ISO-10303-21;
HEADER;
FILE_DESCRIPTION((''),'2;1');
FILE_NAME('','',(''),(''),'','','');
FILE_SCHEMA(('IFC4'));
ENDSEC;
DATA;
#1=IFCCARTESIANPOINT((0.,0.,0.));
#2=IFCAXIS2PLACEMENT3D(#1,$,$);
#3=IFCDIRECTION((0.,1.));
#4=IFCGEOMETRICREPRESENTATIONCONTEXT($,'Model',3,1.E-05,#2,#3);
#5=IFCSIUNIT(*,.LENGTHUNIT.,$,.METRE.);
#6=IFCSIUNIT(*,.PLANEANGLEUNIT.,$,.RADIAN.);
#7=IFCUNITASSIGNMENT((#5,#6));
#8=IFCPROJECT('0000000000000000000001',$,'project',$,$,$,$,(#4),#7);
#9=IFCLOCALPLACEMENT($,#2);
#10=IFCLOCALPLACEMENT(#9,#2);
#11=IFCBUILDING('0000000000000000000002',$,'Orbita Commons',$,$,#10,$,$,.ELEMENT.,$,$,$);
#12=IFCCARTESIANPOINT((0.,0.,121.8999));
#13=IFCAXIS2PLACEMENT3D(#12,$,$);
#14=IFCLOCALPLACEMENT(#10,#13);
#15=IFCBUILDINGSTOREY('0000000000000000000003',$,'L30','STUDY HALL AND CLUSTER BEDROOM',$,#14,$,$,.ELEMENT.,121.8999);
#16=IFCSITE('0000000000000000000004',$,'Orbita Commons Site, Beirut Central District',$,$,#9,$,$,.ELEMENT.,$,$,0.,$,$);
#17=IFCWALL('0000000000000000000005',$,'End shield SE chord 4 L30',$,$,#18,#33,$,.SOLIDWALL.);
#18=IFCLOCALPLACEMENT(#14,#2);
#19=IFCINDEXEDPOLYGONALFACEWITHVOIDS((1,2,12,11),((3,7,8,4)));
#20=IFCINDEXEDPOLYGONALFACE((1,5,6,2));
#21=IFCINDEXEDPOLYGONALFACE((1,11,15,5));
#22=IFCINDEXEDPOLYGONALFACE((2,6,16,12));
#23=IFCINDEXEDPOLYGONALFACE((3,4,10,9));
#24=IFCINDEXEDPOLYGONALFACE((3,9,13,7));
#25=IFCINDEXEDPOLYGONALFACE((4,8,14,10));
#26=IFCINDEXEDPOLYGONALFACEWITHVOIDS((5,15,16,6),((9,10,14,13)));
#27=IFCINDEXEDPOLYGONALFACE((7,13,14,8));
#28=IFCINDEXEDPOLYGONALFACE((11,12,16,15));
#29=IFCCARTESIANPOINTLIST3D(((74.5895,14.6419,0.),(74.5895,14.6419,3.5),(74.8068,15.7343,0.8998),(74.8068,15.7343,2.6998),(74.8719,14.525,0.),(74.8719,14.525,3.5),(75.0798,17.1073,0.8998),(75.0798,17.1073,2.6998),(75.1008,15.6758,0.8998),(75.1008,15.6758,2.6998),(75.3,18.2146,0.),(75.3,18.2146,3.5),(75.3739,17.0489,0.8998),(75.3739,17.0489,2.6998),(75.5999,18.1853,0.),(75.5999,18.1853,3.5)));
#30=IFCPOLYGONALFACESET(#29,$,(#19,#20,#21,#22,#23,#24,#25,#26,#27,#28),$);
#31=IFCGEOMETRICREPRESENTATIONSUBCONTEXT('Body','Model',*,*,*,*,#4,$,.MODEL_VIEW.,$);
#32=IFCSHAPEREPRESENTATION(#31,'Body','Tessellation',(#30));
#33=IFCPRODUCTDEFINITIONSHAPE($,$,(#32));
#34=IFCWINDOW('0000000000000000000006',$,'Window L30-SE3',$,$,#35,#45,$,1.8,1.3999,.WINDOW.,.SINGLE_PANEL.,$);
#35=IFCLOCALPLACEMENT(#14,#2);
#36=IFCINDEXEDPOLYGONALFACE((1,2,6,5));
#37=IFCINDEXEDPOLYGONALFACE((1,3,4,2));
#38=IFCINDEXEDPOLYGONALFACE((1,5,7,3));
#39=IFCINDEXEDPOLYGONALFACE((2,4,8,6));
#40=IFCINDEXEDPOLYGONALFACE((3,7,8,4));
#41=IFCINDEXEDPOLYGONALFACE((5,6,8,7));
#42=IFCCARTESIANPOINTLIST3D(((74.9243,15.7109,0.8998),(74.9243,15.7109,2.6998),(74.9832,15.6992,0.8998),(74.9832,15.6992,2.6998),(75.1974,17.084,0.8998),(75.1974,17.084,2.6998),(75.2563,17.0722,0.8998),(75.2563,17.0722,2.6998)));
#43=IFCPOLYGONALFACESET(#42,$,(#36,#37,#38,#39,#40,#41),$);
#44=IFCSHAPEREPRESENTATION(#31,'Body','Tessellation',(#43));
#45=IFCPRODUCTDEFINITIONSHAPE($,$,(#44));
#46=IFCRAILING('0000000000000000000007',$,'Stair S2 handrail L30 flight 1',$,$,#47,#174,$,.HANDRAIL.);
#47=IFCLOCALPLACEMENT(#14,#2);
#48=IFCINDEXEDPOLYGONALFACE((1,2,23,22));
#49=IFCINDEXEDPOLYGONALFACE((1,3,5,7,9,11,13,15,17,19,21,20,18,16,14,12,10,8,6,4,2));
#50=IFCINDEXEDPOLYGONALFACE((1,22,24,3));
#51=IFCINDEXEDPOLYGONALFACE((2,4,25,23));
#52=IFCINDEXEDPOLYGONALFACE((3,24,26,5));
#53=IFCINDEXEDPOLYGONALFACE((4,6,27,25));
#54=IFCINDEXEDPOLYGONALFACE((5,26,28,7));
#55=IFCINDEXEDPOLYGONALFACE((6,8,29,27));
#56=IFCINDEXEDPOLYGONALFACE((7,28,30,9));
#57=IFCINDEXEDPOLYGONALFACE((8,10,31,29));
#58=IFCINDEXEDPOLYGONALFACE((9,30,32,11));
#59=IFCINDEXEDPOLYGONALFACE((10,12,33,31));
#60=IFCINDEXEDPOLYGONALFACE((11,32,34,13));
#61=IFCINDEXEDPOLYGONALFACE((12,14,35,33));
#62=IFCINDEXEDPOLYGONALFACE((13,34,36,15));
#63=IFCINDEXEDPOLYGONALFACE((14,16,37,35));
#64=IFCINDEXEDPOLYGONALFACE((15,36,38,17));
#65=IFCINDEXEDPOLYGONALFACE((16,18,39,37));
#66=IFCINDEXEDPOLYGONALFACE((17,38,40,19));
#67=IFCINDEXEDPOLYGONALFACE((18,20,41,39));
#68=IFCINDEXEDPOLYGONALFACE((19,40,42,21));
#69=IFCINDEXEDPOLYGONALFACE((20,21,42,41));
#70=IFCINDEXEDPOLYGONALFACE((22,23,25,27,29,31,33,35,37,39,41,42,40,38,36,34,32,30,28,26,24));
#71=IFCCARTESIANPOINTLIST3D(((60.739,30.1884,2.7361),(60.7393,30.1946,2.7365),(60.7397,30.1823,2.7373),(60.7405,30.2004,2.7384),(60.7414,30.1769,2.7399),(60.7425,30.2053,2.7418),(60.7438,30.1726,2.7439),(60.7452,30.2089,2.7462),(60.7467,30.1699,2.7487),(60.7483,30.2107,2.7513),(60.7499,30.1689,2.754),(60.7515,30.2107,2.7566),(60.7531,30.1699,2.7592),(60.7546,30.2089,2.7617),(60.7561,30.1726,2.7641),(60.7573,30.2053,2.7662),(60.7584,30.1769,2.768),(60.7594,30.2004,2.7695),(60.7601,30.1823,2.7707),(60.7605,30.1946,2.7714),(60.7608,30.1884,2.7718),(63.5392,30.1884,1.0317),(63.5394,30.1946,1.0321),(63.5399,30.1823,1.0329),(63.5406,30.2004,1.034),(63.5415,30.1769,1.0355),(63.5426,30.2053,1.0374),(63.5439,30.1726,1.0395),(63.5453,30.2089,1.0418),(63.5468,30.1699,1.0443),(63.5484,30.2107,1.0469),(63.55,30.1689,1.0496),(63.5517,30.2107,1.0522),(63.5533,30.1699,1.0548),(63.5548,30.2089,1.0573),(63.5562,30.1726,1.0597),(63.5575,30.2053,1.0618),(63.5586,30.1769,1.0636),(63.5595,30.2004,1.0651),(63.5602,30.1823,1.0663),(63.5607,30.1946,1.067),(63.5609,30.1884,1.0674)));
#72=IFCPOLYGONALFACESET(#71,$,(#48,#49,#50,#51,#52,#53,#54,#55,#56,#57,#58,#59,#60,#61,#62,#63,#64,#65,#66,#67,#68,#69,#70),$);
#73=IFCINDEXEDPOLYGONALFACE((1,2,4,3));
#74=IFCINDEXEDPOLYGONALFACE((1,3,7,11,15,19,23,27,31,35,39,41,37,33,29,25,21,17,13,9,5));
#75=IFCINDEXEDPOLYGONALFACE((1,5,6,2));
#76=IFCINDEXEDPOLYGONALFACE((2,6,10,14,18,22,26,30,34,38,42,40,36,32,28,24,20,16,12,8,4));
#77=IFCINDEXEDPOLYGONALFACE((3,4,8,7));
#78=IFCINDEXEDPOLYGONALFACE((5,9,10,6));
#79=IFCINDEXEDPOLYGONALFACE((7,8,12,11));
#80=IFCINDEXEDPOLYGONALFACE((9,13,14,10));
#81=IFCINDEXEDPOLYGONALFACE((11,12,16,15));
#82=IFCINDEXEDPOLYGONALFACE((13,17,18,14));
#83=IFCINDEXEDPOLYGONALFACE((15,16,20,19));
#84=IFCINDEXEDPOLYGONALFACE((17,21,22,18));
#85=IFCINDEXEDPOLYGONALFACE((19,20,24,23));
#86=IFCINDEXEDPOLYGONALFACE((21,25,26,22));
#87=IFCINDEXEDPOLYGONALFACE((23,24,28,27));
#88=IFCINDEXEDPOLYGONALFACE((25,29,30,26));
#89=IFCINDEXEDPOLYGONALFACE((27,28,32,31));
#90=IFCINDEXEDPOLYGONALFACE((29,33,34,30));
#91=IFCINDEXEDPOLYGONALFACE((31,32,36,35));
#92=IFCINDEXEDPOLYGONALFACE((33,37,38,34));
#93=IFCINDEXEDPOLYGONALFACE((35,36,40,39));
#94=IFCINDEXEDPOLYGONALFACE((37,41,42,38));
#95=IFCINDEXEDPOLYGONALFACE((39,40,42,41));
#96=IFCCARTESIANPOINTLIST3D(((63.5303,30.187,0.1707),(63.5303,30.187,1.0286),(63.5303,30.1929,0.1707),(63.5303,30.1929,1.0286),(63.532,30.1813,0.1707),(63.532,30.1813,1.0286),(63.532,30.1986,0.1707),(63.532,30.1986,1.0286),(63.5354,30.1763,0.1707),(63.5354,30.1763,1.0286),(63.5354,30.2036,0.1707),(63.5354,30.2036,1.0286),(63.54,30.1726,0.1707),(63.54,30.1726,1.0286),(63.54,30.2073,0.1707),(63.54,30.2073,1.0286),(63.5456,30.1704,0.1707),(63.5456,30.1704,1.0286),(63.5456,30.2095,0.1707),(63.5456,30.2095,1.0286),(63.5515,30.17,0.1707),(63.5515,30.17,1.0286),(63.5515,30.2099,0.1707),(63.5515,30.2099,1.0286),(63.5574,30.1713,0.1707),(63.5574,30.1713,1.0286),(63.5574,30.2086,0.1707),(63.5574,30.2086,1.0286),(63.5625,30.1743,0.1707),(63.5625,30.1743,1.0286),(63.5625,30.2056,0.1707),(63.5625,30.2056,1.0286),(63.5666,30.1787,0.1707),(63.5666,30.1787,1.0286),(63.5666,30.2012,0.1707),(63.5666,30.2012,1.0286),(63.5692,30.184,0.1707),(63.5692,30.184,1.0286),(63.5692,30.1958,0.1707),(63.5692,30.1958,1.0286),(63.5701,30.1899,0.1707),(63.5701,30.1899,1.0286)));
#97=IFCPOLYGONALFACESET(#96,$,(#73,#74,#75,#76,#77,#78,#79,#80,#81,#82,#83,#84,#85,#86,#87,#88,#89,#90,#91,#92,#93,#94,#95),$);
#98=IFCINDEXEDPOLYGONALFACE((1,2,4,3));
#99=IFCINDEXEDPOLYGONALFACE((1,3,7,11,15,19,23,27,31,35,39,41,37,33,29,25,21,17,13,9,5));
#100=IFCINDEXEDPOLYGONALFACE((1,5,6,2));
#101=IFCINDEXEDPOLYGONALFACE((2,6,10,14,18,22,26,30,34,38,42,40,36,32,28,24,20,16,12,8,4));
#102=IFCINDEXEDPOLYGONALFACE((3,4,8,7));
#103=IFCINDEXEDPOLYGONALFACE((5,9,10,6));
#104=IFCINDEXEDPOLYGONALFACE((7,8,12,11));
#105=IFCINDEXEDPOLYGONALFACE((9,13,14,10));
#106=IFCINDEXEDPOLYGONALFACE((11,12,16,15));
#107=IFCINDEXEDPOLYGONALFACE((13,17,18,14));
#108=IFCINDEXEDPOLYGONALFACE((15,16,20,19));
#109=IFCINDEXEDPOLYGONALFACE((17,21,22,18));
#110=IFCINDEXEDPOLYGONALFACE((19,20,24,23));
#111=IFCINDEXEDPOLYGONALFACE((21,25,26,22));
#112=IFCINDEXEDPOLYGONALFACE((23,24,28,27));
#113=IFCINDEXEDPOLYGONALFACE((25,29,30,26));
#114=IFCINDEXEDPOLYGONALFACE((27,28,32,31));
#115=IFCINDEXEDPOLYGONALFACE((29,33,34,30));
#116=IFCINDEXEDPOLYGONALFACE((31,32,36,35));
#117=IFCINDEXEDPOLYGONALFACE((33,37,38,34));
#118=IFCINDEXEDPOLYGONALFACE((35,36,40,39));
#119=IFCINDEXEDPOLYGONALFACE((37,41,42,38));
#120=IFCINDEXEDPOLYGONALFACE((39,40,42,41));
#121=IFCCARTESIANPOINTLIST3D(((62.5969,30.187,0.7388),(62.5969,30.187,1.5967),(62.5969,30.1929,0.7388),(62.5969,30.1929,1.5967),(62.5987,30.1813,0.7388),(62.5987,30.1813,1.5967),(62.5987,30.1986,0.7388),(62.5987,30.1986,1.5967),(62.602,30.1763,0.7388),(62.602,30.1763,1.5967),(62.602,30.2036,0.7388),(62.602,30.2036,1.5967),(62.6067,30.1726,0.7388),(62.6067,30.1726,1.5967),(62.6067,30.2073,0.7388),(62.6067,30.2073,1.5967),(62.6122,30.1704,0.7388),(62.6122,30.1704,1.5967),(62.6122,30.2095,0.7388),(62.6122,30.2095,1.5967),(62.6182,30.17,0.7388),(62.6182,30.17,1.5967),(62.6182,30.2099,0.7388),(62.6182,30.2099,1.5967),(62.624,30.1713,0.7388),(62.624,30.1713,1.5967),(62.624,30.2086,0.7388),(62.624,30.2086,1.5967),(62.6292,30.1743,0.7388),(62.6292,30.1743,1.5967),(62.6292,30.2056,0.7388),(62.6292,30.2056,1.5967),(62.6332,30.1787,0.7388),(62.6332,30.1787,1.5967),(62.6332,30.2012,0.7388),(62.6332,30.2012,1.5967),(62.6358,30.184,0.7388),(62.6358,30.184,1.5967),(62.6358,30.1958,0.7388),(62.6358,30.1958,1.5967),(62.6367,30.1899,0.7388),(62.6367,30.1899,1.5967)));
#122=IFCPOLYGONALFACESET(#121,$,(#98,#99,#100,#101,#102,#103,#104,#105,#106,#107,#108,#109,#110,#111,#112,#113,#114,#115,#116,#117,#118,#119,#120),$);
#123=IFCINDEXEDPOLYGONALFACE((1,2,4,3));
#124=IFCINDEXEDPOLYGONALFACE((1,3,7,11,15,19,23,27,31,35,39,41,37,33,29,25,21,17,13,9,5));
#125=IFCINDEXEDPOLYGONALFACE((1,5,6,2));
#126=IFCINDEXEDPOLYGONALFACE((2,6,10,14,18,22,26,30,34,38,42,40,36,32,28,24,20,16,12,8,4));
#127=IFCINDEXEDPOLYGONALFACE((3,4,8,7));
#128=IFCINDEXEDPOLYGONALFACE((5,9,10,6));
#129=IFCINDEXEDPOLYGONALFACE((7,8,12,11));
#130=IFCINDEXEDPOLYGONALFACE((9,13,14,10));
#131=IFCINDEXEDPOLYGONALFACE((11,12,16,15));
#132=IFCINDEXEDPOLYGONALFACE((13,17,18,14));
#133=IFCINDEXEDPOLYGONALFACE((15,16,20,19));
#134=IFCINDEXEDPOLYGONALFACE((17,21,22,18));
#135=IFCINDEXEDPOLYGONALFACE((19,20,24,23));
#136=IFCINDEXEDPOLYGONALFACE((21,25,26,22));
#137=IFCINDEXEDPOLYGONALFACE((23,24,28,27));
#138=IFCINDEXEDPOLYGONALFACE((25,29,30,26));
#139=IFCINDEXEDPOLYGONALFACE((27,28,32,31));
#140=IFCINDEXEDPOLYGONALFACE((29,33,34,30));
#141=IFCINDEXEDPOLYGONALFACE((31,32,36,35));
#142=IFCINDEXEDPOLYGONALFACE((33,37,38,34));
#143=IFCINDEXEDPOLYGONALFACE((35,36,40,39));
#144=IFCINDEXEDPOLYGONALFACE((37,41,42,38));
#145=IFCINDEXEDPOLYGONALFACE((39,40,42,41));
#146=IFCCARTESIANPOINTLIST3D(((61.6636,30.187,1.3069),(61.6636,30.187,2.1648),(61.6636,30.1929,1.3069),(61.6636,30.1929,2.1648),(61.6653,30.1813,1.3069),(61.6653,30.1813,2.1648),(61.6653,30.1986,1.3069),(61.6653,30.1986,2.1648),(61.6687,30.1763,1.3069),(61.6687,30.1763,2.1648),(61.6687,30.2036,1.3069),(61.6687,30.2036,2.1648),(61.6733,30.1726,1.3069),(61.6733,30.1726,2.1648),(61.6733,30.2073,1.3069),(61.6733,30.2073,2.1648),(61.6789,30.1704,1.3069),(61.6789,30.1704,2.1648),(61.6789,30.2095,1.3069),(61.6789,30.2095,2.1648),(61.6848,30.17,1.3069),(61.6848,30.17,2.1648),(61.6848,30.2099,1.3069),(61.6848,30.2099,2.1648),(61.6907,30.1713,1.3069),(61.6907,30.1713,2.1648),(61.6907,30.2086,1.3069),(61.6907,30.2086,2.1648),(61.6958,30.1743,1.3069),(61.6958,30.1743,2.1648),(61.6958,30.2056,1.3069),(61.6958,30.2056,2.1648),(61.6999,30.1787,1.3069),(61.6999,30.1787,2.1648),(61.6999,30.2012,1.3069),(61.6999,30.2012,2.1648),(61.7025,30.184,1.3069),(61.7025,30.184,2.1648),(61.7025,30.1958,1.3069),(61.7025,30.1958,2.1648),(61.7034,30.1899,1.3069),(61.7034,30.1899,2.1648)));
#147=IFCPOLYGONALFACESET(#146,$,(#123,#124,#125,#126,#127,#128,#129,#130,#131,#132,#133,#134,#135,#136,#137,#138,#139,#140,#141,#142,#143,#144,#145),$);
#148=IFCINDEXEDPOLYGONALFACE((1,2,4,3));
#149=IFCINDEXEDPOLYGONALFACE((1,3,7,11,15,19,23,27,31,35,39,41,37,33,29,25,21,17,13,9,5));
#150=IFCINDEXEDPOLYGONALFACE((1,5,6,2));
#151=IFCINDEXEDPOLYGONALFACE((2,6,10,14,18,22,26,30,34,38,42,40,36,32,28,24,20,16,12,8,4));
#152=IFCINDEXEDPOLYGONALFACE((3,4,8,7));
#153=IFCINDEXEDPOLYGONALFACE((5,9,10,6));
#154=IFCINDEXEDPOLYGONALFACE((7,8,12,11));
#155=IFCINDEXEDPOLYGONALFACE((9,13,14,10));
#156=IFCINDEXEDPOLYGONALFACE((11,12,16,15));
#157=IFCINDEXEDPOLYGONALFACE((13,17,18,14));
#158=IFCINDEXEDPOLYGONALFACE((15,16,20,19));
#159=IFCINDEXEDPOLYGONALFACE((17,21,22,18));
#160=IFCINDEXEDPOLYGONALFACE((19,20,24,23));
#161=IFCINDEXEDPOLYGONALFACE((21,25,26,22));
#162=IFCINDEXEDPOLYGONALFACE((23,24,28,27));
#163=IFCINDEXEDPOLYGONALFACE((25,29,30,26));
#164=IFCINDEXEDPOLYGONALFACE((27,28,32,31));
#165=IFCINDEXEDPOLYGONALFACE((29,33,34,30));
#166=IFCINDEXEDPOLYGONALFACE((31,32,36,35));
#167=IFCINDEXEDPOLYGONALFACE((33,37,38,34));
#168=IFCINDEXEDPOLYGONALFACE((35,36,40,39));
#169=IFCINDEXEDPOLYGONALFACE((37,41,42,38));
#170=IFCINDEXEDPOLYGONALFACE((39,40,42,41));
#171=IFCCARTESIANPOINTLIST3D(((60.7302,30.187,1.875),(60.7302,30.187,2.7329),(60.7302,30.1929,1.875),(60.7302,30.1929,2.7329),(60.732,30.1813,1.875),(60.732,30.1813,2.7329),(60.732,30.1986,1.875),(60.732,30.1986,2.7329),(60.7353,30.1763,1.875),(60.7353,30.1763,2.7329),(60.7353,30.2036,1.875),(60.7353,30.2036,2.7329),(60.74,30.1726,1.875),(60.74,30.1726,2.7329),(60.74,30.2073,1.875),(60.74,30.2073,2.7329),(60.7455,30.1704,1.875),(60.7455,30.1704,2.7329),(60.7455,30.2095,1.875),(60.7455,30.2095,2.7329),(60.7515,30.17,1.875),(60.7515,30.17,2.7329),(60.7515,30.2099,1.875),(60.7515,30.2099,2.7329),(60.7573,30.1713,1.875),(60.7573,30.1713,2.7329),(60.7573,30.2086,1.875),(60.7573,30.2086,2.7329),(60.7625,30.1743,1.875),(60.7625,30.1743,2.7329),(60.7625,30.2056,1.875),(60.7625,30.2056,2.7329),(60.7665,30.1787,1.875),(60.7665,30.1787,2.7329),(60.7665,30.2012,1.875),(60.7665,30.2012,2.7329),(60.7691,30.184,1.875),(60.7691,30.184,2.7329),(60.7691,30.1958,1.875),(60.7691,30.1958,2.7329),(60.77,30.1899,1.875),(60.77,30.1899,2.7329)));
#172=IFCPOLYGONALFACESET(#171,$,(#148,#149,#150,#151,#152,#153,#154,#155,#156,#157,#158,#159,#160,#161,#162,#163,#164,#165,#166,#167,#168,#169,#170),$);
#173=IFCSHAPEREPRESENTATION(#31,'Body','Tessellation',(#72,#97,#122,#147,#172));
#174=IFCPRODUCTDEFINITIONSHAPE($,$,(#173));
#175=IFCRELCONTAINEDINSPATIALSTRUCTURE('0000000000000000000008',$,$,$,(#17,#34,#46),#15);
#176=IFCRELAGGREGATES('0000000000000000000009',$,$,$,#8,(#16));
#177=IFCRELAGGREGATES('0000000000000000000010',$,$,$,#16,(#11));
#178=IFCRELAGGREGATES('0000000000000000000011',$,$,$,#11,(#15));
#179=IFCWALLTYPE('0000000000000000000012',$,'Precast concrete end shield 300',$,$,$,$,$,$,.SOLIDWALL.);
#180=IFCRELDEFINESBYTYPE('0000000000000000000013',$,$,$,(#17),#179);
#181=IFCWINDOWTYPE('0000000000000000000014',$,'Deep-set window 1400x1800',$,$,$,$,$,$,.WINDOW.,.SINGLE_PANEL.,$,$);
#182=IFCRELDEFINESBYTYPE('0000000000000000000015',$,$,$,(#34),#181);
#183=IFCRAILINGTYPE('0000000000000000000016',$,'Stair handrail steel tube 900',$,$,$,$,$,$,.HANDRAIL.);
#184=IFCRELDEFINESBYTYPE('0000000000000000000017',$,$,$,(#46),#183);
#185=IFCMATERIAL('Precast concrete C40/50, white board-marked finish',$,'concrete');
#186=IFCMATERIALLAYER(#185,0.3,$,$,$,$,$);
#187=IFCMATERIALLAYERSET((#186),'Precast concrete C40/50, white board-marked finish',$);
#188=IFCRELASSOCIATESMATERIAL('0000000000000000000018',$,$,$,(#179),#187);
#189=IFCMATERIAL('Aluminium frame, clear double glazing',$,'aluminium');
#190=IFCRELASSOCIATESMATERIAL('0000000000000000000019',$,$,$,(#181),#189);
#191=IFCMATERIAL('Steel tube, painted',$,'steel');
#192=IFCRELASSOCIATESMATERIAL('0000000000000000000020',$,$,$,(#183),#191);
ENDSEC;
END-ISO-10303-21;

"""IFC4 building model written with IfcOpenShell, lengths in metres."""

from ifc_helpers import new_model, si_unit, direction, frame, frame_2d, origin, origin_2d, place, context, subcontext, project, spatial, polyline, rectangle, circle, outline, extrude, material, layer, layer_set, type_object, element, fill, save


model = new_model("IFC4")

# Units and contexts
model_context = context("Model", 3, precision=1e-05, world=origin(), true_north=direction((0.0, 1.0)))
body_context = subcontext(model_context, "Body", "Model", "MODEL_VIEW")
ifc_project = project(units=[si_unit("LENGTHUNIT", "METRE"), si_unit("PLANEANGLEUNIT", "RADIAN")], contexts=[model_context])

# Site, building, storey
site_placement = place(None, origin())
site = spatial("IfcSite", under=ifc_project, at=site_placement, Name="Orbita Commons Site, Beirut Central District", CompositionType="ELEMENT", RefElevation=0.0)
building_placement = place(site_placement, origin())
building = spatial("IfcBuilding", under=site, at=building_placement, Name="Orbita Commons", CompositionType="ELEMENT")
storey_placement = place(building_placement, frame((0.0, 0.0, 121.8999)))
storey = spatial("IfcBuildingStorey", under=building, at=storey_placement, Name="L30", Description="STUDY HALL AND CLUSTER BEDROOM", CompositionType="ELEMENT", Elevation=121.8999)

# Shared definitions
ifc_material_1 = material(Name="Precast concrete C40/50, white board-marked finish", Category="concrete")
ifc_layer_1 = layer(ifc_material_1, 0.3)
ifc_layer_set_1 = layer_set([ifc_layer_1], Name="Precast concrete C40/50, white board-marked finish")
wall_type_1 = type_object("IfcWallType", Name="Precast concrete end shield 300", PredefinedType="SOLIDWALL", material=ifc_layer_set_1)

# Wall, opening, window
ifc_material_2 = material(Name="Aluminium frame, clear double glazing", Category="aluminium")
window_type_1 = type_object("IfcWindowType", Name="Deep-set window 1400x1800", PartitioningType="SINGLE_PANEL", PredefinedType="WINDOW", material=ifc_material_2)
wall_1_placement = place(storey_placement, frame((74.7307, 14.5835, 0.0), z_axis=(0.0, 0.0, 1.0), x_axis=(0.195059, 0.980791, 0.0)))
wall_1 = element("IfcWall", 1, at=wall_1_placement, inside=storey, type_object=wall_type_1, Name="End shield SE chord 4 L30", PredefinedType="SOLIDWALL", context=body_context, shape_type="SweptSolid", body=[
    extrude(outline(polyline([(-0.0298, -0.1499), (3.7021, -0.1499), (3.6724, 0.1499), (0.0298, 0.1499), (-0.0298, -0.1499)])), origin(), (0.0, 0.0, 1.0), 3.5),
])
opening_1_placement = place(wall_1_placement, frame((1.1436, 0.0, 0.8999)))
opening_1 = element("IfcOpeningElement", 2, at=opening_1_placement, cuts=wall_1, PredefinedType="OPENING", context=body_context, shape_type="SweptSolid", body=[
    extrude(rectangle(XDim=1.3999, YDim=1.8, at=frame_2d((0.7, 0.8999))), frame((0.0, 0.1599, 0.0), z_axis=(0.0, -1.0, 0.0), x_axis=(1.0, 0.0, 0.0)), (0.0, 0.0, 1.0), 0.3201),
])
window_1_placement = place(opening_1_placement, origin())
window_1 = element("IfcWindow", 3, at=window_1_placement, inside=storey, type_object=window_type_1, Name="Window L30-SE3", OverallHeight=1.8, OverallWidth=1.3999, PartitioningType="SINGLE_PANEL", PredefinedType="WINDOW", context=body_context, shape_type="SweptSolid", body=[
    extrude(rectangle(XDim=1.3999, YDim=1.8, at=frame_2d((0.7, 0.8999))), frame((0.0, 0.03, 0.0), z_axis=(0.0, -1.0, 0.0), x_axis=(1.0, 0.0, 0.0)), (0.0, 0.0, 1.0), 0.0601),
])
fill(opening_1, window_1)

# Railing
ifc_material_3 = material(Name="Steel tube, painted", Category="steel")
railing_type = type_object("IfcRailingType", Name="Stair handrail steel tube 900", PredefinedType="HANDRAIL", material=ifc_material_3)
railing_placement = place(storey_placement, frame((63.55, 30.1899, 0.1707)))
element("IfcRailing", 4, at=railing_placement, inside=storey, type_object=railing_type, Name="Stair S2 handrail L30 flight 1", PredefinedType="HANDRAIL", context=body_context, shape_type="SweptSolid", body=[
    extrude(circle(Radius=0.021, at=origin_2d()), frame((0.0, 0.0, 0.8789), z_axis=(-0.854203, 0.0, 0.51994), x_axis=(0.0, -1.0, 0.0)), (0.0, 0.0, 1.0), 3.2781),
    extrude(circle(Radius=0.02, at=origin_2d()), origin(), (0.0, 0.0, 1.0), 0.8579),
    extrude(circle(Radius=0.02, at=origin_2d()), frame((-0.9333, 0.0, 0.5681)), (0.0, 0.0, 1.0), 0.8579),
    extrude(circle(Radius=0.02, at=origin_2d()), frame((-1.8667, 0.0, 1.1362)), (0.0, 0.0, 1.0), 0.8579),
    extrude(circle(Radius=0.02, at=origin_2d()), frame((-2.8, 0.0, 1.7043)), (0.0, 0.0, 1.0), 0.8579),
])

save(model, "model.ifc")
